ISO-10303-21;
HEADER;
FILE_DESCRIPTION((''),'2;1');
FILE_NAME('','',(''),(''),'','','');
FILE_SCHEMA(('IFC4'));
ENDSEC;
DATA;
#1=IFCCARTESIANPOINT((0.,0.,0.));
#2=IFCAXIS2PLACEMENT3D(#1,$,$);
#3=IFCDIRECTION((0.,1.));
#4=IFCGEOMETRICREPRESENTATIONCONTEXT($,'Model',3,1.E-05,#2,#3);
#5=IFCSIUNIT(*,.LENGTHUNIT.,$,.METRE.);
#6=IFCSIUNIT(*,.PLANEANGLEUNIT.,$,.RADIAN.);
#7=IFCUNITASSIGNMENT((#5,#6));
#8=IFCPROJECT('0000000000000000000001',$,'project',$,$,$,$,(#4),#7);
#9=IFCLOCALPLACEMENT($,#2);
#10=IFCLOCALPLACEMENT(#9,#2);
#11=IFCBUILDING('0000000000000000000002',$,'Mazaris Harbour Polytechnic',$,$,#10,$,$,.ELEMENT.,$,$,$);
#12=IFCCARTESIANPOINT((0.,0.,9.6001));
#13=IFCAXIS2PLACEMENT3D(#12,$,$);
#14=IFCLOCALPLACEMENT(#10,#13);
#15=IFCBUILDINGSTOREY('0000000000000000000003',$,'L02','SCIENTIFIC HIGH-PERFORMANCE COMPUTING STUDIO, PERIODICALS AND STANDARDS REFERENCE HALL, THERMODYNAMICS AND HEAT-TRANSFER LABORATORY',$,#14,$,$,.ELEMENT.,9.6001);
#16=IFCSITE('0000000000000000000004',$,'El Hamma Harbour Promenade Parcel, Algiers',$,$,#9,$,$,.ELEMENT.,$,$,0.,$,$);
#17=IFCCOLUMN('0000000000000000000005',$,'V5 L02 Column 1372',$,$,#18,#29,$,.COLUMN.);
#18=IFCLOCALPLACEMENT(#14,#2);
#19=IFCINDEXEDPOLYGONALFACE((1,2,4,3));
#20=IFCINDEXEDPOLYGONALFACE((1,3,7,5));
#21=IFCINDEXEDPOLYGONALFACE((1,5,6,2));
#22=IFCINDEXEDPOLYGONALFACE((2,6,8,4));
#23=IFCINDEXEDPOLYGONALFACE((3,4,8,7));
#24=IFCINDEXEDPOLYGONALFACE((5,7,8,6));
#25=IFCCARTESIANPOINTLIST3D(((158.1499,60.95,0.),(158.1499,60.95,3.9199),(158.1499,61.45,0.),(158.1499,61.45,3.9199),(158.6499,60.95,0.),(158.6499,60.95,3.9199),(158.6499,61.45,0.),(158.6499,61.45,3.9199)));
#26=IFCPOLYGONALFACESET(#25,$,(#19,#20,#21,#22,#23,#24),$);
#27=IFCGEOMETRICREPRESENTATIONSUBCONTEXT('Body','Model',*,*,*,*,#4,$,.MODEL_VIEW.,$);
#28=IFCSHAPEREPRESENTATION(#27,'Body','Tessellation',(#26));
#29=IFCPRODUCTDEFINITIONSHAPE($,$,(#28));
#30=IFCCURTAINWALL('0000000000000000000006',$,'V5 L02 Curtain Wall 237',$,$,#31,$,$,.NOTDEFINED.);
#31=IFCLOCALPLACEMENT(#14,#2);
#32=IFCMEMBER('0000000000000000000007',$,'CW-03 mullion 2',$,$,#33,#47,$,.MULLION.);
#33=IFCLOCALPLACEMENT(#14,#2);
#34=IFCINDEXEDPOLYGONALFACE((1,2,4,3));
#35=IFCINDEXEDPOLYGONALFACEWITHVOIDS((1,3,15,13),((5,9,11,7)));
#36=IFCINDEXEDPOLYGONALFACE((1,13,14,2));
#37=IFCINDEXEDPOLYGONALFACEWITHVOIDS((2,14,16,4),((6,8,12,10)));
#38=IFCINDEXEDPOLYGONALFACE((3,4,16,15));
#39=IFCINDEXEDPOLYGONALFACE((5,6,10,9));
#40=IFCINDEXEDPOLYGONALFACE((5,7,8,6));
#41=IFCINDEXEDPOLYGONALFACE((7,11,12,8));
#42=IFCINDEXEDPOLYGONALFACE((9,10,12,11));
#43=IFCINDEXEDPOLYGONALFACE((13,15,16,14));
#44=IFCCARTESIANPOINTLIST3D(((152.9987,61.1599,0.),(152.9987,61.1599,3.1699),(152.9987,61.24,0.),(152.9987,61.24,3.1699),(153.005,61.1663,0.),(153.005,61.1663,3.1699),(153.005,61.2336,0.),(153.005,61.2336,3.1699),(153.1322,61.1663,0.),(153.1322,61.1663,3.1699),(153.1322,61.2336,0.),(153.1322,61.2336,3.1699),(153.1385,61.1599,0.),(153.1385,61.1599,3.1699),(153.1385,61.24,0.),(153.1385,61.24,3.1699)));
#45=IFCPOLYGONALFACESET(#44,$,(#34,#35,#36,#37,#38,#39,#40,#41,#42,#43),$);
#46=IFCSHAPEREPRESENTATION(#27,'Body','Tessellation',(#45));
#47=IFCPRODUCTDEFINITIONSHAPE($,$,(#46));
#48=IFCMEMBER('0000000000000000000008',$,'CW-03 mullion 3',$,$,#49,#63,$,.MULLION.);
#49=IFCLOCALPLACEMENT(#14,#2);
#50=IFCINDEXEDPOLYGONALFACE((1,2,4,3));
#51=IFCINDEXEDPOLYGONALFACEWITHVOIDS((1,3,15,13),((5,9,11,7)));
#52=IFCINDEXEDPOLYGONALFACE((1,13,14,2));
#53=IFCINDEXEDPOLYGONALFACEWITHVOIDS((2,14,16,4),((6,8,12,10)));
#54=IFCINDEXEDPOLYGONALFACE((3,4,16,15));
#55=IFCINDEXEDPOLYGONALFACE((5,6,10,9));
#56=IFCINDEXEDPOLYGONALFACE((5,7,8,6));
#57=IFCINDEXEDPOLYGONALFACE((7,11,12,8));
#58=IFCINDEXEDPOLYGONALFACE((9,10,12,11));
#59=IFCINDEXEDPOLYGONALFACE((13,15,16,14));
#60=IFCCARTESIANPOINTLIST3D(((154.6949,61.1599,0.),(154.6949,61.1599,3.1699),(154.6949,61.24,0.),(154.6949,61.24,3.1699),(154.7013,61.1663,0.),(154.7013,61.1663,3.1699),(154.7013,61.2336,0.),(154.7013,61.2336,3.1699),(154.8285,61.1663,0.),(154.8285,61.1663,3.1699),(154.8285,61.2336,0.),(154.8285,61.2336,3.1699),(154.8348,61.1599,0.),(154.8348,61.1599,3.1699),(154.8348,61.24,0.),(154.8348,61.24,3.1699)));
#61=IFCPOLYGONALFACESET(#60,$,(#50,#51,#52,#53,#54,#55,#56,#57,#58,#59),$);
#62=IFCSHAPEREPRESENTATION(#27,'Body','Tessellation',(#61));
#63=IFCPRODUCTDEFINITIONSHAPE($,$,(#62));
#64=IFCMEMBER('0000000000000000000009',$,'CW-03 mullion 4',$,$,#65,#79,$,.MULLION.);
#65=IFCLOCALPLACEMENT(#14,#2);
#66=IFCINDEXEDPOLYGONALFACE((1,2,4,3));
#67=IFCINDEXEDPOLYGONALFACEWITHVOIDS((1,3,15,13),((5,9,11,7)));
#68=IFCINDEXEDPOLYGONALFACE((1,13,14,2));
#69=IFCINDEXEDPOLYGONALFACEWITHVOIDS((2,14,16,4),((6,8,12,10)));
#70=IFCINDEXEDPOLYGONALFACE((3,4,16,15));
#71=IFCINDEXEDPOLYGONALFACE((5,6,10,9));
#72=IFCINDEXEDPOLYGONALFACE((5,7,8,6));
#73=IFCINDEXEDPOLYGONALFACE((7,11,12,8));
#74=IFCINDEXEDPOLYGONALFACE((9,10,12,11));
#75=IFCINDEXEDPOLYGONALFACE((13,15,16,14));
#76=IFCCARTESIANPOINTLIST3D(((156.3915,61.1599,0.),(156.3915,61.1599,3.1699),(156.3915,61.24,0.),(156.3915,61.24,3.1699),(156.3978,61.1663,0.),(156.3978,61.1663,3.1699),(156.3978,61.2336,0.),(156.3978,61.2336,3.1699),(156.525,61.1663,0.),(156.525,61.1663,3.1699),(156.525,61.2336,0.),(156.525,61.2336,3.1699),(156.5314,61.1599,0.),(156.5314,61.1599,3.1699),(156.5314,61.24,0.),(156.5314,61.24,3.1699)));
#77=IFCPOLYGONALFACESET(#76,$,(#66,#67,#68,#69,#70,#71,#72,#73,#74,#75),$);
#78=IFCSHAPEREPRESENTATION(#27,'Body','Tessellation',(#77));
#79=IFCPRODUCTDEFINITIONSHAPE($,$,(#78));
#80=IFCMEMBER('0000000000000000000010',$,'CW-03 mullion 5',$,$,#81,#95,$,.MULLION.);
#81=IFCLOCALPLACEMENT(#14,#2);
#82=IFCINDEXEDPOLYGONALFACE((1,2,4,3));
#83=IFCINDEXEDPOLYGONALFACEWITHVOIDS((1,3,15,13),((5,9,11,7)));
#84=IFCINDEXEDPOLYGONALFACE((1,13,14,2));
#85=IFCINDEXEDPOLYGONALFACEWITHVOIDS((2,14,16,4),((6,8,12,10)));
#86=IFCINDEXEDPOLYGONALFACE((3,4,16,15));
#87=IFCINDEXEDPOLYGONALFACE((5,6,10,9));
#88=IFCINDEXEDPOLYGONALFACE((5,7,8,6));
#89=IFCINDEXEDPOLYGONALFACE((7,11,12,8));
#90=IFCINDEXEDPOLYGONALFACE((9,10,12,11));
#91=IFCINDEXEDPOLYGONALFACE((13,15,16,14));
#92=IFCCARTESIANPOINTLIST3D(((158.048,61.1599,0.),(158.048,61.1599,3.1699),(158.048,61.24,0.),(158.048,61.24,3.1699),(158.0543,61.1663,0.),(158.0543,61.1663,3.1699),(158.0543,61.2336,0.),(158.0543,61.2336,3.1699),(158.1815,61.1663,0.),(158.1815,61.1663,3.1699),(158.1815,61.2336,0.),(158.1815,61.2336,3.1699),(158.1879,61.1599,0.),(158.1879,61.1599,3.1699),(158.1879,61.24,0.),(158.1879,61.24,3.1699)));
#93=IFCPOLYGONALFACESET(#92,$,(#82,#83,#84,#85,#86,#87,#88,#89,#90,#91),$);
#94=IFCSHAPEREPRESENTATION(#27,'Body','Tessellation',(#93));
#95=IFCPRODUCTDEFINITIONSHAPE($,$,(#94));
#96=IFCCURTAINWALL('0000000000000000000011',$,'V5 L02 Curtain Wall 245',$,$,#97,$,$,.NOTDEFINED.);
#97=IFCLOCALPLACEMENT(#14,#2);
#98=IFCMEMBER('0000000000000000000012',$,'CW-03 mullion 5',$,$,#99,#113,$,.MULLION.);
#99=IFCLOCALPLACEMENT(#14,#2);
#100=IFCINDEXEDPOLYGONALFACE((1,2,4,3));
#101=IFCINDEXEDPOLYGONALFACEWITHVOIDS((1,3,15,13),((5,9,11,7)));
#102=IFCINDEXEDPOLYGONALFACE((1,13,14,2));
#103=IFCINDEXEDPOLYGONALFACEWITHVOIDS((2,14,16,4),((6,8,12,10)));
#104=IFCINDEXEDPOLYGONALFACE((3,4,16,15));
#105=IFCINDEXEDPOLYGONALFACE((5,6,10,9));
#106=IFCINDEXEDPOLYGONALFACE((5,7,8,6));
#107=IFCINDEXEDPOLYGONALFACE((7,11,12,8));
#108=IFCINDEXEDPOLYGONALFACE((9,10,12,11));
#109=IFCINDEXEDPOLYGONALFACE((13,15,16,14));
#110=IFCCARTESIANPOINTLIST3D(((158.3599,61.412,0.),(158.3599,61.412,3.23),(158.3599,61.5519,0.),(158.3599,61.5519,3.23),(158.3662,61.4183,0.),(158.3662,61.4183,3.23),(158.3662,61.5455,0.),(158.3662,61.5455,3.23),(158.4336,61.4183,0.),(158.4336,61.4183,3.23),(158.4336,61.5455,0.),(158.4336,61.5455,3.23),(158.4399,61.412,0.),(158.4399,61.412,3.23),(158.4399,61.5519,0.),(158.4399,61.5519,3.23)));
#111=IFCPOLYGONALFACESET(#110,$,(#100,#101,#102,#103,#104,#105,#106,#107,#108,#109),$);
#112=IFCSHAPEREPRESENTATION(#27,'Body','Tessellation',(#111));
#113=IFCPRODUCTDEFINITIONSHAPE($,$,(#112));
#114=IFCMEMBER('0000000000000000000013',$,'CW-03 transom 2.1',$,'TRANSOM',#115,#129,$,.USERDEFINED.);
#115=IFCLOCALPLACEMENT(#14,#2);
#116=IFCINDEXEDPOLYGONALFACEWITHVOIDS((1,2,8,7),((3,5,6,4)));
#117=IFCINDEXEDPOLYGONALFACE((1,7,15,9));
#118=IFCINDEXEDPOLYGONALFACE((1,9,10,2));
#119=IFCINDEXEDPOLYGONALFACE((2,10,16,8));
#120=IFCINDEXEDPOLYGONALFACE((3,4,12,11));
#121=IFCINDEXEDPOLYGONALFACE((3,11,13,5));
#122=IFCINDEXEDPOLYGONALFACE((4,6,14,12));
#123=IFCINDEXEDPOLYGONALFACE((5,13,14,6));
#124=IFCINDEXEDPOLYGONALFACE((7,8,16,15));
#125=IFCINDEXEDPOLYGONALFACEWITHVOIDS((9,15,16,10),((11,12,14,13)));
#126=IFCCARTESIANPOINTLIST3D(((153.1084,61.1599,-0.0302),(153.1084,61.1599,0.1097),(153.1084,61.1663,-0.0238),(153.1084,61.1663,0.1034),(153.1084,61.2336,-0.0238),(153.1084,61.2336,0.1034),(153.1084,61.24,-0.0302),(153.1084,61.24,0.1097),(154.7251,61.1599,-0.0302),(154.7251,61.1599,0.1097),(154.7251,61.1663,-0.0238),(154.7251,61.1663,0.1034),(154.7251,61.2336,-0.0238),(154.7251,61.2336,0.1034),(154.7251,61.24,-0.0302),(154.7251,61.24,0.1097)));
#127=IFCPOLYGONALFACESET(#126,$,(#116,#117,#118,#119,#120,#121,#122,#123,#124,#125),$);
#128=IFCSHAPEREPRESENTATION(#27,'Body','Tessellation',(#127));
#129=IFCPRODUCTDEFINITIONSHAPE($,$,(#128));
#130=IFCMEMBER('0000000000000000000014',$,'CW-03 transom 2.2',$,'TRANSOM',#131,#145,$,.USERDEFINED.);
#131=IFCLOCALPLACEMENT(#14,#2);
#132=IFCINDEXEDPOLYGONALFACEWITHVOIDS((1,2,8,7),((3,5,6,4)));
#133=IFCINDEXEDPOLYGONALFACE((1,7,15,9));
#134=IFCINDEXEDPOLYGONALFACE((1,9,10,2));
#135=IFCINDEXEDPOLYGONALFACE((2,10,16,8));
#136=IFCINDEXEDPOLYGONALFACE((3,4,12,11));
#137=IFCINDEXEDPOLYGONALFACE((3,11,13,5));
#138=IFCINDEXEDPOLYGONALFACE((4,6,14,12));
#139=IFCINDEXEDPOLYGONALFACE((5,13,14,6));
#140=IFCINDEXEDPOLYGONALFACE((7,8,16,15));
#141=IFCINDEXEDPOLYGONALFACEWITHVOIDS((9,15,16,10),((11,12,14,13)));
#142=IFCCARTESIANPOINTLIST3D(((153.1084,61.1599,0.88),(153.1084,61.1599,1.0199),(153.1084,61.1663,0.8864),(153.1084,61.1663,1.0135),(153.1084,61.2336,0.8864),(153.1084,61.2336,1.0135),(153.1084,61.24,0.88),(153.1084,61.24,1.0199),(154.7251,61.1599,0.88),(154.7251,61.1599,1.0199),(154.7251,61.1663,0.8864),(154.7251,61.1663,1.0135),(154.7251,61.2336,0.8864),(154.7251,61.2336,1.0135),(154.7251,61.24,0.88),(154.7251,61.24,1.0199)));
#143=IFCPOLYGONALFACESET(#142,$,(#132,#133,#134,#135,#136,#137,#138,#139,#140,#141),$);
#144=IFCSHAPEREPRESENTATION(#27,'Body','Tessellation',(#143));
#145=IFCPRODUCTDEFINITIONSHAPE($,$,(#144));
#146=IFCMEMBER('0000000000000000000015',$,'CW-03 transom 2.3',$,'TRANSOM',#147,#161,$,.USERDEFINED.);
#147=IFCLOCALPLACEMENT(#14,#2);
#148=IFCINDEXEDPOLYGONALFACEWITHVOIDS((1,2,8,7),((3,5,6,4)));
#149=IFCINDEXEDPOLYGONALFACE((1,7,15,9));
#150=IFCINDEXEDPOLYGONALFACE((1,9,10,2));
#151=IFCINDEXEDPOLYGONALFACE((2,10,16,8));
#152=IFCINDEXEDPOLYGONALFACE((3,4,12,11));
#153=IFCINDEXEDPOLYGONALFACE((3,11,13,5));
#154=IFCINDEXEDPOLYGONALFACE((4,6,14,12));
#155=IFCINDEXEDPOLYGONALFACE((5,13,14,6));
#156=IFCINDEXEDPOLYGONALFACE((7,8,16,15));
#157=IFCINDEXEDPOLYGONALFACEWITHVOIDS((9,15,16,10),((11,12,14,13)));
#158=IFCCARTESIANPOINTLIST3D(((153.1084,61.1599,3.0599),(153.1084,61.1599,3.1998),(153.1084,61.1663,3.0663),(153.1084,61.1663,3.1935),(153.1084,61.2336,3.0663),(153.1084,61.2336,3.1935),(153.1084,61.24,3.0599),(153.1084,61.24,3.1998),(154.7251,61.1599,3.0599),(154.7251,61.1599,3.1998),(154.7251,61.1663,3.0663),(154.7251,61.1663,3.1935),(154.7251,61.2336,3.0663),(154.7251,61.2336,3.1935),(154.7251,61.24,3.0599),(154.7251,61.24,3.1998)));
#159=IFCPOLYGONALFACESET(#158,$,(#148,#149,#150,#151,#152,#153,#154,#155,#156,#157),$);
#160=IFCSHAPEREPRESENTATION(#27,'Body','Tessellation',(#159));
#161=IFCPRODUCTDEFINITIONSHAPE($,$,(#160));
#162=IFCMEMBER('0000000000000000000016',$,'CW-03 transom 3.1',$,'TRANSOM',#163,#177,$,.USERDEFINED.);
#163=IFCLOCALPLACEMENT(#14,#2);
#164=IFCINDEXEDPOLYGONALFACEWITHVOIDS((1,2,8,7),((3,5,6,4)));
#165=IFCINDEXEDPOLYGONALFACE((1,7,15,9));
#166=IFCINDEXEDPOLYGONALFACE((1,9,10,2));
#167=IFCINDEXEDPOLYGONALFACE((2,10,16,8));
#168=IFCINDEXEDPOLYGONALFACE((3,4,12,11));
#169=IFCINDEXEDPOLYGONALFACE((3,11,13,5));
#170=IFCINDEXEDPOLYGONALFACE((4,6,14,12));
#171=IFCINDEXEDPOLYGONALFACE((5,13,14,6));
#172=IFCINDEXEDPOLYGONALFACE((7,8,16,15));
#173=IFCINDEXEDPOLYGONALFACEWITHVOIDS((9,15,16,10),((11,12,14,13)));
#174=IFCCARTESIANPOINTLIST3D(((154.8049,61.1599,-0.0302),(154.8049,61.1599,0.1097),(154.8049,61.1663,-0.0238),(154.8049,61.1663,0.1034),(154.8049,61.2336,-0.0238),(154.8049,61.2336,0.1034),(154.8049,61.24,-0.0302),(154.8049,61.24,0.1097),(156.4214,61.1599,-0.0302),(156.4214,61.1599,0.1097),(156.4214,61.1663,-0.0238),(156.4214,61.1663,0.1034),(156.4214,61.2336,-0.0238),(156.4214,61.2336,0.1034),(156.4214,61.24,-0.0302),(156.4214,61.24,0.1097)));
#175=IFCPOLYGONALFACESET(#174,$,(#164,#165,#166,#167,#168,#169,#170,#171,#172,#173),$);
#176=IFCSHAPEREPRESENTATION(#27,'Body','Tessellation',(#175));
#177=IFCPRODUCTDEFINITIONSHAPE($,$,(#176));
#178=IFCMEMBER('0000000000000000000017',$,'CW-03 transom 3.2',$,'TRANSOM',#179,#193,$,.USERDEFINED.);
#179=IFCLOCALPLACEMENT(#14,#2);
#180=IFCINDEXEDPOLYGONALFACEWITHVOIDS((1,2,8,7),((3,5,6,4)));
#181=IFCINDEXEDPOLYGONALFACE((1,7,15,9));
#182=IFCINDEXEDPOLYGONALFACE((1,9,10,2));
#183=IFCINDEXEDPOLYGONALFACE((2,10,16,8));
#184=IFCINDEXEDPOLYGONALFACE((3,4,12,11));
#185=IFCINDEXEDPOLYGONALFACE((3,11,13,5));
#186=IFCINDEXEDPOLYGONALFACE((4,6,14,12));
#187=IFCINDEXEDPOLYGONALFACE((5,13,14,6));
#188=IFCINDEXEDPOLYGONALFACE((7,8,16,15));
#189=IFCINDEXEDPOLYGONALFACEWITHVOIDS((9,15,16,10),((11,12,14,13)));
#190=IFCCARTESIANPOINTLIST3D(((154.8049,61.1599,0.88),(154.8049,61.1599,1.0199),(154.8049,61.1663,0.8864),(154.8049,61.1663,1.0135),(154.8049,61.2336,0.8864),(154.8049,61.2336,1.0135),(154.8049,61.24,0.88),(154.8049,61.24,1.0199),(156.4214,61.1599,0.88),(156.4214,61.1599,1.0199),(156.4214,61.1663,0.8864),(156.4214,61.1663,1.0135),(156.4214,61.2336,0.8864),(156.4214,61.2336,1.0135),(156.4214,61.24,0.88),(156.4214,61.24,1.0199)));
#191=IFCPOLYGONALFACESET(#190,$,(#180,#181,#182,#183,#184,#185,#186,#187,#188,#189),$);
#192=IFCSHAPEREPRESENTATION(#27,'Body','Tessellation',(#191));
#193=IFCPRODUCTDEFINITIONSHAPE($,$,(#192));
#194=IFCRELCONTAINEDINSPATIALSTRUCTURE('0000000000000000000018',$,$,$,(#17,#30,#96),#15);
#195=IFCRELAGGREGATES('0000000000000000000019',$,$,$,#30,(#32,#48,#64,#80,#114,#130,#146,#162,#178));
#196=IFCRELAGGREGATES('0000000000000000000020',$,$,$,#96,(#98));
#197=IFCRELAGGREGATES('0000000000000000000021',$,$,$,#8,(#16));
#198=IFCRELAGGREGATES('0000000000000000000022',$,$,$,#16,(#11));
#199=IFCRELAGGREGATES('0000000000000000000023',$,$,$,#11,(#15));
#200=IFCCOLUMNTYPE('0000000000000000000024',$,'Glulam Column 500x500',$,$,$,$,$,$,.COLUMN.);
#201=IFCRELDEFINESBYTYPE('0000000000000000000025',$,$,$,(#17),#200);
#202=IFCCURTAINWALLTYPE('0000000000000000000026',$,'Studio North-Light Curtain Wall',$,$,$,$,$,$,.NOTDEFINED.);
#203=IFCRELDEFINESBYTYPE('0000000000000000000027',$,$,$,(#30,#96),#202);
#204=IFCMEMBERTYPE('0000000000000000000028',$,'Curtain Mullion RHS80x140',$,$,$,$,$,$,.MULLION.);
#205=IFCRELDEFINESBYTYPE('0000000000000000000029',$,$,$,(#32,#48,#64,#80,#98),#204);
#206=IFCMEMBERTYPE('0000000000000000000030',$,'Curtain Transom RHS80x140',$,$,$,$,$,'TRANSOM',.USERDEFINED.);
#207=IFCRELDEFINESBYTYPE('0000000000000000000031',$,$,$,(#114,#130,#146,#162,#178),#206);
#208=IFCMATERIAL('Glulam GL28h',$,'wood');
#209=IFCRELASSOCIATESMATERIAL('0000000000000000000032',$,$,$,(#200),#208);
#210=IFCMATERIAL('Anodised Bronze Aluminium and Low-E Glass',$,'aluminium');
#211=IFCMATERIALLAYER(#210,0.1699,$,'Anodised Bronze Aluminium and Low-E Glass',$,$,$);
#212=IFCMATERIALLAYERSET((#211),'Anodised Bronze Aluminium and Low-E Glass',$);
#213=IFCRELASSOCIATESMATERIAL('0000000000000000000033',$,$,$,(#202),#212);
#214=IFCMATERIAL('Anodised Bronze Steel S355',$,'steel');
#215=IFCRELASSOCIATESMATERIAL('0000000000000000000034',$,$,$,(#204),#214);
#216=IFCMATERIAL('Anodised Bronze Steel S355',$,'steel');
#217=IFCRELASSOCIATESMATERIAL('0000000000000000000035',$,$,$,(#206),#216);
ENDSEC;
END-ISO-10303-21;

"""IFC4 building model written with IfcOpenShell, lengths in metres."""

from ifc_helpers import new_model, si_unit, direction, frame, origin, origin_2d, place, context, subcontext, project, spatial, rectangle, hollow_rectangle, extrude, material, layer, layer_set, material_profile, profile_set, type_object, element, aggregate, save


model = new_model("IFC4")

# Units and contexts
model_context = context("Model", 3, precision=1e-05, world=origin(), true_north=direction((0.0, 1.0)))
body_context = subcontext(model_context, "Body", "Model", "MODEL_VIEW")
ifc_project = project(units=[si_unit("LENGTHUNIT", "METRE"), si_unit("PLANEANGLEUNIT", "RADIAN")], contexts=[model_context])

# Site, building, storey
site_placement = place(None, origin())
site = spatial("IfcSite", under=ifc_project, at=site_placement, Name="El Hamma Harbour Promenade Parcel, Algiers", CompositionType="ELEMENT", RefElevation=0.0)
building_placement = place(site_placement, origin())
building = spatial("IfcBuilding", under=site, at=building_placement, Name="Mazaris Harbour Polytechnic", CompositionType="ELEMENT")
storey_placement = place(building_placement, frame((0.0, 0.0, 9.6001)))
storey = spatial("IfcBuildingStorey", under=building, at=storey_placement, Name="L02", Description="SCIENTIFIC HIGH-PERFORMANCE COMPUTING STUDIO, PERIODICALS AND STANDARDS REFERENCE HALL, THERMODYNAMICS AND HEAT-TRANSFER LABORATORY", CompositionType="ELEMENT", Elevation=9.6001)

# Column
ifc_material_1 = material(Name="Glulam GL28h", Category="wood")
ifc_material_profile_1 = material_profile(ifc_material_1, rectangle(XDim=0.5, YDim=0.5, at=origin_2d()), Name="RECT500x500")
ifc_profile_set_1 = profile_set([ifc_material_profile_1], Name="Glulam GL28h")
column_type = type_object("IfcColumnType", Name="Glulam Column 500x500", PredefinedType="COLUMN", material=ifc_profile_set_1)
column_placement = place(storey_placement, frame((158.3999, 61.2, 0.0), z_axis=(0.0, 0.0, 1.0), x_axis=(1.0, 0.0, 0.0)))
element("IfcColumn", 1, at=column_placement, inside=storey, type_object=column_type, Name="V5 L02 Column 1372", PredefinedType="COLUMN", context=body_context, shape_type="SweptSolid", body=[
    extrude(rectangle(XDim=0.5, YDim=0.5, at=origin_2d()), origin(), (0.0, 0.0, 1.0), 3.9199),
])

# Curtain wall, members
ifc_material_2 = material(Name="Anodised Bronze Aluminium and Low-E Glass", Category="aluminium")
ifc_layer_1 = layer(ifc_material_2, 0.1699, Name="Anodised Bronze Aluminium and Low-E Glass")
ifc_layer_set_1 = layer_set([ifc_layer_1], Name="Anodised Bronze Aluminium and Low-E Glass")
curtain_wall_type = type_object("IfcCurtainWallType", Name="Studio North-Light Curtain Wall", PredefinedType="NOTDEFINED", material=ifc_layer_set_1)
curtain_wall_1_placement = place(storey_placement, origin())
curtain_wall_1 = element("IfcCurtainWall", 2, at=curtain_wall_1_placement, inside=storey, type_object=curtain_wall_type, Name="V5 L02 Curtain Wall 237", PredefinedType="NOTDEFINED")
ifc_material_3 = material(Name="Anodised Bronze Steel S355", Category="steel")
ifc_material_profile_2 = material_profile(ifc_material_3, hollow_rectangle(XDim=0.0801, YDim=0.1399, WallThickness=0.0063, at=origin_2d()), Name="RHS 80x140x6.3")
ifc_profile_set_2 = profile_set([ifc_material_profile_2], Name="Anodised Bronze Steel S355")
member_type_1 = type_object("IfcMemberType", Name="Curtain Mullion RHS80x140", PredefinedType="MULLION", material=ifc_profile_set_2)
member_1_placement = place(storey_placement, frame((153.0686, 61.2, 0.0), z_axis=(0.0, 0.0, 1.0), x_axis=(0.0, 1.0, 0.0)))
member_1 = element("IfcMember", 3, at=member_1_placement, type_object=member_type_1, Name="CW-03 mullion 2", PredefinedType="MULLION", context=body_context, shape_type="SweptSolid", body=[
    extrude(hollow_rectangle(XDim=0.0801, YDim=0.1399, WallThickness=0.0063, at=origin_2d()), origin(), (0.0, 0.0, 1.0), 3.1699),
])
member_2_placement = place(storey_placement, frame((154.7649, 61.2, 0.0), z_axis=(0.0, 0.0, 1.0), x_axis=(0.0, 1.0, 0.0)))
member_2 = element("IfcMember", 4, at=member_2_placement, type_object=member_type_1, Name="CW-03 mullion 3", PredefinedType="MULLION", context=body_context, shape_type="SweptSolid", body=[
    extrude(hollow_rectangle(XDim=0.0801, YDim=0.1399, WallThickness=0.0063, at=origin_2d()), origin(), (0.0, 0.0, 1.0), 3.1699),
])
member_3_placement = place(storey_placement, frame((156.4614, 61.2, 0.0), z_axis=(0.0, 0.0, 1.0), x_axis=(0.0, 1.0, 0.0)))
member_3 = element("IfcMember", 5, at=member_3_placement, type_object=member_type_1, Name="CW-03 mullion 4", PredefinedType="MULLION", context=body_context, shape_type="SweptSolid", body=[
    extrude(hollow_rectangle(XDim=0.0801, YDim=0.1399, WallThickness=0.0063, at=origin_2d()), origin(), (0.0, 0.0, 1.0), 3.1699),
])
member_4_placement = place(storey_placement, frame((158.1179, 61.2, 0.0), z_axis=(0.0, 0.0, 1.0), x_axis=(0.0, 1.0, 0.0)))
member_4 = element("IfcMember", 6, at=member_4_placement, type_object=member_type_1, Name="CW-03 mullion 5", PredefinedType="MULLION", context=body_context, shape_type="SweptSolid", body=[
    extrude(hollow_rectangle(XDim=0.0801, YDim=0.1399, WallThickness=0.0063, at=origin_2d()), origin(), (0.0, 0.0, 1.0), 3.1699),
])

# Curtain wall, member
curtain_wall_2_placement = place(storey_placement, origin())
curtain_wall_2 = element("IfcCurtainWall", 7, at=curtain_wall_2_placement, inside=storey, type_object=curtain_wall_type, Name="V5 L02 Curtain Wall 245", PredefinedType="NOTDEFINED")
member_5_placement = place(storey_placement, frame((158.3999, 61.4819, 0.0), z_axis=(0.0, 0.0, 1.0), x_axis=(1.0, 0.0, 0.0)))
member_5 = element("IfcMember", 8, at=member_5_placement, type_object=member_type_1, Name="CW-03 mullion 5", PredefinedType="MULLION", context=body_context, shape_type="SweptSolid", body=[
    extrude(hollow_rectangle(XDim=0.0801, YDim=0.1399, WallThickness=0.0063, at=origin_2d()), origin(), (0.0, 0.0, 1.0), 3.23),
])

# Members
ifc_material_4 = material(Name="Anodised Bronze Steel S355", Category="steel")
ifc_material_profile_3 = material_profile(ifc_material_4, hollow_rectangle(XDim=0.0801, YDim=0.1399, WallThickness=0.0063, at=origin_2d()), Name="RHS 80x140x6.3")
ifc_profile_set_3 = profile_set([ifc_material_profile_3], Name="Anodised Bronze Steel S355")
member_type_2 = type_object("IfcMemberType", Name="Curtain Transom RHS80x140", ElementType="TRANSOM", PredefinedType="USERDEFINED", material=ifc_profile_set_3)
member_6_placement = place(storey_placement, frame((153.1084, 61.2, 0.0398), z_axis=(1.0, 0.0, 0.0), x_axis=(0.0, 1.0, 0.0)))
member_6 = element("IfcMember", 9, at=member_6_placement, type_object=member_type_2, Name="CW-03 transom 2.1", ObjectType="TRANSOM", PredefinedType="USERDEFINED", context=body_context, shape_type="SweptSolid", body=[
    extrude(hollow_rectangle(XDim=0.0801, YDim=0.1399, WallThickness=0.0063, at=origin_2d()), origin(), (0.0, 0.0, 1.0), 1.6167),
])
member_7_placement = place(storey_placement, frame((153.1084, 61.2, 0.95), z_axis=(1.0, 0.0, 0.0), x_axis=(0.0, 1.0, 0.0)))
member_7 = element("IfcMember", 10, at=member_7_placement, type_object=member_type_2, Name="CW-03 transom 2.2", ObjectType="TRANSOM", PredefinedType="USERDEFINED", context=body_context, shape_type="SweptSolid", body=[
    extrude(hollow_rectangle(XDim=0.0801, YDim=0.1399, WallThickness=0.0063, at=origin_2d()), origin(), (0.0, 0.0, 1.0), 1.6167),
])
member_8_placement = place(storey_placement, frame((153.1084, 61.2, 3.1299), z_axis=(1.0, 0.0, 0.0), x_axis=(0.0, 1.0, 0.0)))
member_8 = element("IfcMember", 11, at=member_8_placement, type_object=member_type_2, Name="CW-03 transom 2.3", ObjectType="TRANSOM", PredefinedType="USERDEFINED", context=body_context, shape_type="SweptSolid", body=[
    extrude(hollow_rectangle(XDim=0.0801, YDim=0.1399, WallThickness=0.0063, at=origin_2d()), origin(), (0.0, 0.0, 1.0), 1.6167),
])
member_9_placement = place(storey_placement, frame((154.8049, 61.2, 0.0398), z_axis=(1.0, 0.0, 0.0), x_axis=(0.0, 1.0, 0.0)))
member_9 = element("IfcMember", 12, at=member_9_placement, type_object=member_type_2, Name="CW-03 transom 3.1", ObjectType="TRANSOM", PredefinedType="USERDEFINED", context=body_context, shape_type="SweptSolid", body=[
    extrude(hollow_rectangle(XDim=0.0801, YDim=0.1399, WallThickness=0.0063, at=origin_2d()), origin(), (0.0, 0.0, 1.0), 1.6165),
])
member_10_placement = place(storey_placement, frame((154.8049, 61.2, 0.95), z_axis=(1.0, 0.0, 0.0), x_axis=(0.0, 1.0, 0.0)))
member_10 = element("IfcMember", 13, at=member_10_placement, type_object=member_type_2, Name="CW-03 transom 3.2", ObjectType="TRANSOM", PredefinedType="USERDEFINED", context=body_context, shape_type="SweptSolid", body=[
    extrude(hollow_rectangle(XDim=0.0801, YDim=0.1399, WallThickness=0.0063, at=origin_2d()), origin(), (0.0, 0.0, 1.0), 1.6165),
])

aggregate(curtain_wall_1, [member_1, member_2, member_3, member_4, member_6, member_7, member_8, member_9, member_10])
aggregate(curtain_wall_2, [member_5])

save(model, "model.ifc")
